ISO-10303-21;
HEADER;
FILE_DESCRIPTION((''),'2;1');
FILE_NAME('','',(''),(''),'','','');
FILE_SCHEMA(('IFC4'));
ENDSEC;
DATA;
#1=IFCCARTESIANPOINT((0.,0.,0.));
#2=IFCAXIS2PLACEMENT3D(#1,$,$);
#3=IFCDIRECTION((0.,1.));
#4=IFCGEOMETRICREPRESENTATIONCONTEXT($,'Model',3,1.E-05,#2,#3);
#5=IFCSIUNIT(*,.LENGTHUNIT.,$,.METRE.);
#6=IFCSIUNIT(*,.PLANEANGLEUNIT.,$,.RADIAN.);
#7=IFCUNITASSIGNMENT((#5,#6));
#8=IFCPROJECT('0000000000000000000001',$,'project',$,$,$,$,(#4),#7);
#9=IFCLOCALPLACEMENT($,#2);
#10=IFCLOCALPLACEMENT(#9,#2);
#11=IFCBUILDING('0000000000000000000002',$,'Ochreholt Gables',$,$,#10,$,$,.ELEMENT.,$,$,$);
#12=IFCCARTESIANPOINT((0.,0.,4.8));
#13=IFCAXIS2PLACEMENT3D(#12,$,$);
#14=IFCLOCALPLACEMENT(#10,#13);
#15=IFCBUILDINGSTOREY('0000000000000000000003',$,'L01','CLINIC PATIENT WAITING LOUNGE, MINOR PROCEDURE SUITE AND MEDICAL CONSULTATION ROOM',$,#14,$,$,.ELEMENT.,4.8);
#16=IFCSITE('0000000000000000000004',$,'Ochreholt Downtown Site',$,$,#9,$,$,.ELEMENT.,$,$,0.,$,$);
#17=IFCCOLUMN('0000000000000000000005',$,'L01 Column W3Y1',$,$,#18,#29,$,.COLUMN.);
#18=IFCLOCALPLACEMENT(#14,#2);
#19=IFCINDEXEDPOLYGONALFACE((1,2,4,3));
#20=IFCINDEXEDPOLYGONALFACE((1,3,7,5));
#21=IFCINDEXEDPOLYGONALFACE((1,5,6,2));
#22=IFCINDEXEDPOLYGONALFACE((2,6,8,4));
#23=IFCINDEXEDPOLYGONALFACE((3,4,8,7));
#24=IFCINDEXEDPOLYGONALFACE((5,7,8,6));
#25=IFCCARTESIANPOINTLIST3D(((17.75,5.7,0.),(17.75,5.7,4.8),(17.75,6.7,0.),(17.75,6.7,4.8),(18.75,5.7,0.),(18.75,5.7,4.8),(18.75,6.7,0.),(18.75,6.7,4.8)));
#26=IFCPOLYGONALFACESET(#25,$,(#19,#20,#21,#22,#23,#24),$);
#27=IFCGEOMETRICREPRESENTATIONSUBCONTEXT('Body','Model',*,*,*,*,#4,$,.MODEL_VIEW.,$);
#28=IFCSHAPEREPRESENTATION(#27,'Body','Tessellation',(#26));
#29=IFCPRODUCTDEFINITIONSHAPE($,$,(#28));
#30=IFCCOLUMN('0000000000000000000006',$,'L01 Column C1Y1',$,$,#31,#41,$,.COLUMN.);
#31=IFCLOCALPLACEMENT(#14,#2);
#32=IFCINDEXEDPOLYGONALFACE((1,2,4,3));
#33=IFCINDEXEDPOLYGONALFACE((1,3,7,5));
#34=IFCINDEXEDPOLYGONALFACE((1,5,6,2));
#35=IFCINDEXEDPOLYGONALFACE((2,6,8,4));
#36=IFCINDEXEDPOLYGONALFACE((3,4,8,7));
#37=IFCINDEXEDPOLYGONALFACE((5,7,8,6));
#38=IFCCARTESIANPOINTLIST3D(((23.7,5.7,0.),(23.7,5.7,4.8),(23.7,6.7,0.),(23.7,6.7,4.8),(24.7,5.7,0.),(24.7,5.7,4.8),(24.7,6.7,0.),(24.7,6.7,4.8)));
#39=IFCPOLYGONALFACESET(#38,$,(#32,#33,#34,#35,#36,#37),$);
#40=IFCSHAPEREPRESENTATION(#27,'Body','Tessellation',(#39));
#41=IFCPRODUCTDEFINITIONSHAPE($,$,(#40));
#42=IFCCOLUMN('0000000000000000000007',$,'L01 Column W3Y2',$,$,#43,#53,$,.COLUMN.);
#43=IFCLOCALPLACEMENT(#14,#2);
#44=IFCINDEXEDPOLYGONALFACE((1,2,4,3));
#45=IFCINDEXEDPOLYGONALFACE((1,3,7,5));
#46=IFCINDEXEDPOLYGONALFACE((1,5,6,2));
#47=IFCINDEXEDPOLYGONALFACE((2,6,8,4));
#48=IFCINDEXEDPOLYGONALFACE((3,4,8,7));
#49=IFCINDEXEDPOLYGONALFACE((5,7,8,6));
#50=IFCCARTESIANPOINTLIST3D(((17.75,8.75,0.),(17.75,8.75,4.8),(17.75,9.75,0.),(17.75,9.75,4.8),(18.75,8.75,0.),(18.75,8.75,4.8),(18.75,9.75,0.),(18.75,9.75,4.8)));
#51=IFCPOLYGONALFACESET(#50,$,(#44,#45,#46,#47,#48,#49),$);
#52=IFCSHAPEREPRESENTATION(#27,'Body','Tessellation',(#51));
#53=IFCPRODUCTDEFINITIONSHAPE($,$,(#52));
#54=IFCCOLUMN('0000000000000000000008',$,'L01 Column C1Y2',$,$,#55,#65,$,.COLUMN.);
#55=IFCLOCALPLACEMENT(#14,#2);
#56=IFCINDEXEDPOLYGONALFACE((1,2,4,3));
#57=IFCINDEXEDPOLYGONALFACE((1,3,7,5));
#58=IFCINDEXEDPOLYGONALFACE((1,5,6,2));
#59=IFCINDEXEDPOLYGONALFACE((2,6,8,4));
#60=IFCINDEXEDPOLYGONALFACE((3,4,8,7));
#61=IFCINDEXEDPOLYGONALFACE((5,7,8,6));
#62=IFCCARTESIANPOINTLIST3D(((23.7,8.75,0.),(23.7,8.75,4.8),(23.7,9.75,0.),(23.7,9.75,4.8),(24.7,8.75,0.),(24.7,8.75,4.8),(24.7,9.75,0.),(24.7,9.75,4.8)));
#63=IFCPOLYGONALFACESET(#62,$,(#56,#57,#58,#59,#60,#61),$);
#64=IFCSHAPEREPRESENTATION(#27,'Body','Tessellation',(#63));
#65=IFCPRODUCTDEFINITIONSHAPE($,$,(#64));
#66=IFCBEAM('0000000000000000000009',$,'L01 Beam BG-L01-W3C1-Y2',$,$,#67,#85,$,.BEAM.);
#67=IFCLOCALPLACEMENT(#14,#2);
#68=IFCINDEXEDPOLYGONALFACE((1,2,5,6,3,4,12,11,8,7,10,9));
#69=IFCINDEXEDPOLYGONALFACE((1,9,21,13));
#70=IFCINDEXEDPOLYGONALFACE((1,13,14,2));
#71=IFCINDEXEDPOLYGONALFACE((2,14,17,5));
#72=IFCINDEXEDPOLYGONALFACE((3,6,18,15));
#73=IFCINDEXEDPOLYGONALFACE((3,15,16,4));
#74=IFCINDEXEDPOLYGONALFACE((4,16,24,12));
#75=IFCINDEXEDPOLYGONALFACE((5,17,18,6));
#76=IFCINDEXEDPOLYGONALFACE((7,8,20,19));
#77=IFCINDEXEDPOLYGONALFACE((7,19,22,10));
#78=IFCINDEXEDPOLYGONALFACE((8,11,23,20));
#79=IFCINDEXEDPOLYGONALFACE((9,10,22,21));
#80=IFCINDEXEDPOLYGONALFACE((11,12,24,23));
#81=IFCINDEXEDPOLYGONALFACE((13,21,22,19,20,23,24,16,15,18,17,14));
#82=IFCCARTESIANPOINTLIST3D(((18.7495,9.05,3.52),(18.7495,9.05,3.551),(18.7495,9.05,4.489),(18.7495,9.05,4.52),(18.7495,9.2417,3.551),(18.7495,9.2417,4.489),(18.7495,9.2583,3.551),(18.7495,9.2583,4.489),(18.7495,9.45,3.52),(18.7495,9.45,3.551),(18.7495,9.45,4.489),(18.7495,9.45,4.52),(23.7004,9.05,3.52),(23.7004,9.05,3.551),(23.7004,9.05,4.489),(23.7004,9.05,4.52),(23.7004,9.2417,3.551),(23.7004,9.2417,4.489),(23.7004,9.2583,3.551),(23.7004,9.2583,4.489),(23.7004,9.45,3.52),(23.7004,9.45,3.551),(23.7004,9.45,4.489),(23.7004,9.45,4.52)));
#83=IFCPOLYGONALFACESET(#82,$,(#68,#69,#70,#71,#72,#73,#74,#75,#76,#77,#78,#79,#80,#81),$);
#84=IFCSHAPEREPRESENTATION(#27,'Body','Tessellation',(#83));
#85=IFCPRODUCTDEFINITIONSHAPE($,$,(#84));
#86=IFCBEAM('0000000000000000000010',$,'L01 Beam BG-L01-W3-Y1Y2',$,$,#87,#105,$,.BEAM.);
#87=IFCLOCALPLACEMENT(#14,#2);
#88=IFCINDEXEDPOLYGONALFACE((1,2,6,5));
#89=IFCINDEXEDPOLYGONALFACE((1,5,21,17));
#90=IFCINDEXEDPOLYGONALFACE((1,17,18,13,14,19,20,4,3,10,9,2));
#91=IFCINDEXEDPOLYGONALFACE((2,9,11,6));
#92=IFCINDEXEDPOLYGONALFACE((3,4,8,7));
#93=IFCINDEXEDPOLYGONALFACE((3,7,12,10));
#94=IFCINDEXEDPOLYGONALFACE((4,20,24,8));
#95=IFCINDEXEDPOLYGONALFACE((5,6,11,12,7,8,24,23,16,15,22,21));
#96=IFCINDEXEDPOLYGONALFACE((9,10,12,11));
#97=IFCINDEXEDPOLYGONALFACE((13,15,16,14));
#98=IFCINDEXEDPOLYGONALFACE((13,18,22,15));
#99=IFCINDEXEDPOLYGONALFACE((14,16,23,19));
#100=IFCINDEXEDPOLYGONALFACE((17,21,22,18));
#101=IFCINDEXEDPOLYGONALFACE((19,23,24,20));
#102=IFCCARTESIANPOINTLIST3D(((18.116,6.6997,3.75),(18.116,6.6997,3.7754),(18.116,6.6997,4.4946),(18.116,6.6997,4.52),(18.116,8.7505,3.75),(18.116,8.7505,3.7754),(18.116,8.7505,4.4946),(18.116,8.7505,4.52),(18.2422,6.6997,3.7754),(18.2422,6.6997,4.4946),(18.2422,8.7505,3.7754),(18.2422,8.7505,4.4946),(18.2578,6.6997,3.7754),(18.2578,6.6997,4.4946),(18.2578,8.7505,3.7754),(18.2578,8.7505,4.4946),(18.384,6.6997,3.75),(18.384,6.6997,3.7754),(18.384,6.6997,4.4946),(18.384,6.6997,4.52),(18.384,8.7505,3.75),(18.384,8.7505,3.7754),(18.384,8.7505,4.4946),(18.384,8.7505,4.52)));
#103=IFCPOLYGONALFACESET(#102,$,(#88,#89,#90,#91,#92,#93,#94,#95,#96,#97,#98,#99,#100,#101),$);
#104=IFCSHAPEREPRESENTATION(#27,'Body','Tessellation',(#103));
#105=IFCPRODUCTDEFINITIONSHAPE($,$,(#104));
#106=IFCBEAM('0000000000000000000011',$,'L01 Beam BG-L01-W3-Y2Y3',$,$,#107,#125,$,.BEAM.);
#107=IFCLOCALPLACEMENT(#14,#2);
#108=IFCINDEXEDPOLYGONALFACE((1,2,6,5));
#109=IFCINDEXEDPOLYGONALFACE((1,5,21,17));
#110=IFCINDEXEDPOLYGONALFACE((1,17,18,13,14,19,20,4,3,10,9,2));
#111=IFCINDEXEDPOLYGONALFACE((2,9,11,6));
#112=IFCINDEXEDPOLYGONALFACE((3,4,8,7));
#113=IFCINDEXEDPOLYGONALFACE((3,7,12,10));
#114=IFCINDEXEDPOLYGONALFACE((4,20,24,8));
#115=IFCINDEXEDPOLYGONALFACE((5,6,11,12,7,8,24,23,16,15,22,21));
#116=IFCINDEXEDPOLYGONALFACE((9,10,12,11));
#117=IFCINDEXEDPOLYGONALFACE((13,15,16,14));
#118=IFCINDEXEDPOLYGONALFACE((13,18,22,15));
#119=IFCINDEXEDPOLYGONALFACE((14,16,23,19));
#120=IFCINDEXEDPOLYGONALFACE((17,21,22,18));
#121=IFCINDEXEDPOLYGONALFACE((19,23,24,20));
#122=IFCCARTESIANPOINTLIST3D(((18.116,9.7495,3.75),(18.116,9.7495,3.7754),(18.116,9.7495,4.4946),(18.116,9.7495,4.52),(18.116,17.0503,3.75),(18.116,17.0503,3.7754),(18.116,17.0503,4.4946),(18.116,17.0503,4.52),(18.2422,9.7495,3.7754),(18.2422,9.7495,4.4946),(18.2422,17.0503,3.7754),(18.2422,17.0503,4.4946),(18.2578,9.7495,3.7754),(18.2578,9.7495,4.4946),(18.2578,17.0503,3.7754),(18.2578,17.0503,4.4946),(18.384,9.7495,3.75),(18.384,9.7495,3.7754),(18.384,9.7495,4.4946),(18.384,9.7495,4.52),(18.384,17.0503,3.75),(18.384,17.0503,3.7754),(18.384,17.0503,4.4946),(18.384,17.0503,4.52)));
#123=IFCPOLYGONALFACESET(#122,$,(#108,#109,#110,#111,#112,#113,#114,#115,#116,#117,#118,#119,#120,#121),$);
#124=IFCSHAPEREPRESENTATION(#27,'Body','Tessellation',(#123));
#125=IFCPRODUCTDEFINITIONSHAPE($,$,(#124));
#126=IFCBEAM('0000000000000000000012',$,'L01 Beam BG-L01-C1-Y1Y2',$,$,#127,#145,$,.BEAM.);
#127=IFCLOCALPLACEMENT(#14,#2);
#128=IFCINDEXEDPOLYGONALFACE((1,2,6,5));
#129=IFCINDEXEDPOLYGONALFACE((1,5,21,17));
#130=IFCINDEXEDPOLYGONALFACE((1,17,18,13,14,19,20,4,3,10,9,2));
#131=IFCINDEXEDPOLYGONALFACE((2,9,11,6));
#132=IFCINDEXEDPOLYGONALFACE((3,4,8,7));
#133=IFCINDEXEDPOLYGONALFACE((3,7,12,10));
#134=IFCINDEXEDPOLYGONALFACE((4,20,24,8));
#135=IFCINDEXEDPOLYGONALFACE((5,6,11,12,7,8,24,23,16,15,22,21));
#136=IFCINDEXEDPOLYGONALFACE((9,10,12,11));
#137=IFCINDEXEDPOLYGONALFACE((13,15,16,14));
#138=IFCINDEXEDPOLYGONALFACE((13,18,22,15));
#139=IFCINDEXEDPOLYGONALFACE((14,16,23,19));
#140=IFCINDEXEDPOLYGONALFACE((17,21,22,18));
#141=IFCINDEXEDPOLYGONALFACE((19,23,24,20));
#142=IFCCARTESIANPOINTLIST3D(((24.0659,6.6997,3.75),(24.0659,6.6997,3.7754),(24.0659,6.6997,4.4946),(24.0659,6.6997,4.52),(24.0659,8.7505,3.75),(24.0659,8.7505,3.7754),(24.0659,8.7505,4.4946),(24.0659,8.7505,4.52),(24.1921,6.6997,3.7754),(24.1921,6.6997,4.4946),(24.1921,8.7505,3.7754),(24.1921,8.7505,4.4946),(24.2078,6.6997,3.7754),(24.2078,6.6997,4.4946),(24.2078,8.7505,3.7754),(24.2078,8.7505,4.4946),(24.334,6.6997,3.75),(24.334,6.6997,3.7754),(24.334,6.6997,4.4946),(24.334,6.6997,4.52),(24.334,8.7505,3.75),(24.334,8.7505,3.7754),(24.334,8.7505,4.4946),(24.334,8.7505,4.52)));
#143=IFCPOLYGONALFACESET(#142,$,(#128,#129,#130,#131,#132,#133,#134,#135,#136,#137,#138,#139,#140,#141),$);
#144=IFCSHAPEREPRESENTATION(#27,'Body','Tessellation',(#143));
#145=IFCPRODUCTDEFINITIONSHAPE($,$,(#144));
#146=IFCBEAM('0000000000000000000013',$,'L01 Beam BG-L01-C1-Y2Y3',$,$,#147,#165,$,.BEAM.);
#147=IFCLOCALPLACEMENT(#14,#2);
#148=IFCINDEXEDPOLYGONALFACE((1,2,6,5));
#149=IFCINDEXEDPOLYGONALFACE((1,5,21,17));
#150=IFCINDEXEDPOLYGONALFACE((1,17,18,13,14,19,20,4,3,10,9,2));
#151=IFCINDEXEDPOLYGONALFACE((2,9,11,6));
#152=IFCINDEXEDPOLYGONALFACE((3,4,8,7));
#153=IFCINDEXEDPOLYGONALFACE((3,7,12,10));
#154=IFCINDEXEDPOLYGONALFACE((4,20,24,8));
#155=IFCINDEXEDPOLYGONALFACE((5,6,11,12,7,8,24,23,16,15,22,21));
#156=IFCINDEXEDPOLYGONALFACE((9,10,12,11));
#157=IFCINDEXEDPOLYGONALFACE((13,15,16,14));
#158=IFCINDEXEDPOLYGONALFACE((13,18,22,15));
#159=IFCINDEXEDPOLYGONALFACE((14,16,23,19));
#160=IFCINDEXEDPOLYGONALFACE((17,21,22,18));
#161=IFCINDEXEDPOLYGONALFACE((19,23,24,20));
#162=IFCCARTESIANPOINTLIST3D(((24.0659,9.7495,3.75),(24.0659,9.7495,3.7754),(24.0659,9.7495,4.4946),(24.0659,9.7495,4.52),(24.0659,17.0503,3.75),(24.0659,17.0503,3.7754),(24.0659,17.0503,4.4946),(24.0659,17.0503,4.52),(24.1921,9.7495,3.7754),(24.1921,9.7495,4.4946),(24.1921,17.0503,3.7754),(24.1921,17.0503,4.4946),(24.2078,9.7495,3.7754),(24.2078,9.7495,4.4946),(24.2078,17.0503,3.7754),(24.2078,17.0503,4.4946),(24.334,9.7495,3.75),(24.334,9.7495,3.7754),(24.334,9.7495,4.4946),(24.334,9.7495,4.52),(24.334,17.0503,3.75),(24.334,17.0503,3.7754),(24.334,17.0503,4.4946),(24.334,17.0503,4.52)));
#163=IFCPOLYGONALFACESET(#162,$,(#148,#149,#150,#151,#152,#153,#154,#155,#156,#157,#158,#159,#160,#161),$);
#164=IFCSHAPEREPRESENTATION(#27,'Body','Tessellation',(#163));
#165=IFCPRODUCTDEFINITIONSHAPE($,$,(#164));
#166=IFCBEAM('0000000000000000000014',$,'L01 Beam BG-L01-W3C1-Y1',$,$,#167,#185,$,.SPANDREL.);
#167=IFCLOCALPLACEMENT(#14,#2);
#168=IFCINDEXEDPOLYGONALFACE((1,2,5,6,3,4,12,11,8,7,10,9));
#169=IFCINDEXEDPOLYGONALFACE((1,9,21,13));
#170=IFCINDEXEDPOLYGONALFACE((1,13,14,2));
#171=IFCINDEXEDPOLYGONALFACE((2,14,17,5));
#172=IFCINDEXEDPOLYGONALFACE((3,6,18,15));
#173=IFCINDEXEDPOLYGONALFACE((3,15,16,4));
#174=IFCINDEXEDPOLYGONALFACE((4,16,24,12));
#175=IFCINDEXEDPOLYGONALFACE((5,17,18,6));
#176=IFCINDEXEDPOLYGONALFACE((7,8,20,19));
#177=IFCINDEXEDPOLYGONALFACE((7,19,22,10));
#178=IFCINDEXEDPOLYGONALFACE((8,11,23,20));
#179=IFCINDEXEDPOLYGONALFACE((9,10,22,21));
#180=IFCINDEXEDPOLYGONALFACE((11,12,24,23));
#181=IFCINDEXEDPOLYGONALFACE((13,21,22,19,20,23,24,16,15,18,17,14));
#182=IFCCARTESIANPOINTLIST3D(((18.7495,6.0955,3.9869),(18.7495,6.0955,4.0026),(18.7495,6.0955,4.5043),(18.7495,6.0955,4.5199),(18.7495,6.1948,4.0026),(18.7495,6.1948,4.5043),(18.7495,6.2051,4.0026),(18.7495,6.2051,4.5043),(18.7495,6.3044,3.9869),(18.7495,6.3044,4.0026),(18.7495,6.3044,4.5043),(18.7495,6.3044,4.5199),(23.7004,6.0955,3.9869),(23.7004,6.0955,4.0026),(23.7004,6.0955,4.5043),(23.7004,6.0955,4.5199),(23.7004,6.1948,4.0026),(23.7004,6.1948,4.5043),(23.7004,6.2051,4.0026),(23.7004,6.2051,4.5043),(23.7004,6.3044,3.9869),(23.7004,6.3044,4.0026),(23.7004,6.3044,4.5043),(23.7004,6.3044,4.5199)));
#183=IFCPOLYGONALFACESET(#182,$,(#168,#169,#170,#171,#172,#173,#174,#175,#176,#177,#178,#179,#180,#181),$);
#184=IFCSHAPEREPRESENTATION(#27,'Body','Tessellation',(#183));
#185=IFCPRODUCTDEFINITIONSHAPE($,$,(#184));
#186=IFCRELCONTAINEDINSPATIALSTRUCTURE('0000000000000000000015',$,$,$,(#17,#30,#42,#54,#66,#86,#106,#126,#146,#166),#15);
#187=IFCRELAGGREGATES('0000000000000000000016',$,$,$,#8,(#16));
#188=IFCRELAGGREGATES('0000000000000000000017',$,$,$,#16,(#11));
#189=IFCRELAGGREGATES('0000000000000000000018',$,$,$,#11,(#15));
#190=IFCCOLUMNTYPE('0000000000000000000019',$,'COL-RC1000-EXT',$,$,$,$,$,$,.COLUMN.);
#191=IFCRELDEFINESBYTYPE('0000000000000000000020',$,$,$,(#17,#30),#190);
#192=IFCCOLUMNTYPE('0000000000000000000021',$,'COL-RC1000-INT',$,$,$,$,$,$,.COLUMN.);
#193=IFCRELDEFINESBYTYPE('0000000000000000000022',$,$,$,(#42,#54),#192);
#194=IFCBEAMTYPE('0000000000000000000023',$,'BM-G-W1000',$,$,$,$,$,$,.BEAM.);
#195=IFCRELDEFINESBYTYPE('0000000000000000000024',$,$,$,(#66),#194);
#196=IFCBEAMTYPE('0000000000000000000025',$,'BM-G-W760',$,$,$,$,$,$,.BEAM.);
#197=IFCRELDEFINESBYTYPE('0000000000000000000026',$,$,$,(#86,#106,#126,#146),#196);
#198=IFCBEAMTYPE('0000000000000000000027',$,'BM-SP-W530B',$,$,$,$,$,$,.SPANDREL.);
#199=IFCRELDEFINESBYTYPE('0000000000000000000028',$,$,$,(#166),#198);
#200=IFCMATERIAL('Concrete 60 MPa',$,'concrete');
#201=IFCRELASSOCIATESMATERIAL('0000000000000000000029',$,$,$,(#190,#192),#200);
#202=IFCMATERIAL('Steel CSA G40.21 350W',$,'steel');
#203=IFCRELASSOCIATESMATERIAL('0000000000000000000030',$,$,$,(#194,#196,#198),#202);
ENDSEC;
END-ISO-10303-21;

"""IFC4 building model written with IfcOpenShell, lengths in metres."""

from ifc_helpers import new_model, si_unit, direction, frame, origin, origin_2d, place, context, subcontext, project, spatial, rectangle, i_section, extrude, material, material_profile, profile_set, type_object, element, save


model = new_model("IFC4")

# Units and contexts
model_context = context("Model", 3, precision=1e-05, world=origin(), true_north=direction((0.0, 1.0)))
body_context = subcontext(model_context, "Body", "Model", "MODEL_VIEW")
ifc_project = project(units=[si_unit("LENGTHUNIT", "METRE"), si_unit("PLANEANGLEUNIT", "RADIAN")], contexts=[model_context])

# Site, building, storey
site_placement = place(None, origin())
site = spatial("IfcSite", under=ifc_project, at=site_placement, Name="Ochreholt Downtown Site", CompositionType="ELEMENT", RefElevation=0.0)
building_placement = place(site_placement, origin())
building = spatial("IfcBuilding", under=site, at=building_placement, Name="Ochreholt Gables", CompositionType="ELEMENT")
storey_placement = place(building_placement, frame((0.0, 0.0, 4.8)))
storey = spatial("IfcBuildingStorey", under=building, at=storey_placement, Name="L01", Description="CLINIC PATIENT WAITING LOUNGE, MINOR PROCEDURE SUITE AND MEDICAL CONSULTATION ROOM", CompositionType="ELEMENT", Elevation=4.8)

# Columns
ifc_material_1 = material(Name="Concrete 60 MPa", Category="concrete")
ifc_material_profile_1 = material_profile(ifc_material_1, rectangle(XDim=1.0, YDim=1.0, at=origin_2d()), Name="RC1000X1000")
ifc_profile_set_1 = profile_set([ifc_material_profile_1], Name="Concrete 60 MPa")
column_type_1 = type_object("IfcColumnType", Name="COL-RC1000-EXT", PredefinedType="COLUMN", material=ifc_profile_set_1)
for number, where, z_axis, x_axis, name in (
    (1, (18.25, 6.2, 0.0), (0.0, 0.0, 1.0), (1.0, 0.0, 0.0), "L01 Column W3Y1"),
    (2, (24.2, 6.2, 0.0), (0.0, 0.0, 1.0), (1.0, 0.0, 0.0), "L01 Column C1Y1"),
):
    element("IfcColumn", number, at=place(storey_placement, frame(where, z_axis=z_axis, x_axis=x_axis)), inside=storey, type_object=column_type_1, Name=name, PredefinedType="COLUMN", context=body_context, shape_type="SweptSolid", body=[
        extrude(rectangle(XDim=1.0, YDim=1.0, at=origin_2d()), origin(), (0.0, 0.0, 1.0), 4.8),
    ])
ifc_material_profile_2 = material_profile(ifc_material_1, rectangle(XDim=1.0, YDim=1.0, at=origin_2d()), Name="RC1000X1000")
ifc_profile_set_2 = profile_set([ifc_material_profile_2], Name="Concrete 60 MPa")
column_type_2 = type_object("IfcColumnType", Name="COL-RC1000-INT", PredefinedType="COLUMN", material=ifc_profile_set_2)
for number, where, z_axis, x_axis, name in (
    (3, (18.25, 9.25, 0.0), (0.0, 0.0, 1.0), (1.0, 0.0, 0.0), "L01 Column W3Y2"),
    (4, (24.2, 9.25, 0.0), (0.0, 0.0, 1.0), (1.0, 0.0, 0.0), "L01 Column C1Y2"),
):
    element("IfcColumn", number, at=place(storey_placement, frame(where, z_axis=z_axis, x_axis=x_axis)), inside=storey, type_object=column_type_2, Name=name, PredefinedType="COLUMN", context=body_context, shape_type="SweptSolid", body=[
        extrude(rectangle(XDim=1.0, YDim=1.0, at=origin_2d()), origin(), (0.0, 0.0, 1.0), 4.8),
    ])

# Beams
ifc_material_2 = material(Name="Steel CSA G40.21 350W", Category="steel")
ifc_material_profile_3 = material_profile(ifc_material_2, i_section(OverallWidth=0.3999, OverallDepth=1.0, WebThickness=0.0166, FlangeThickness=0.031, at=origin_2d()), Name="W1000X321")
ifc_profile_set_3 = profile_set([ifc_material_profile_3], Name="Steel CSA G40.21 350W")
beam_type_1 = type_object("IfcBeamType", Name="BM-G-W1000", PredefinedType="BEAM", material=ifc_profile_set_3)
beam_1_placement = place(storey_placement, frame((18.7495, 9.25, 4.02), z_axis=(1.0, 0.0, 0.0), x_axis=(0.0, 1.0, 0.0)))
element("IfcBeam", 5, at=beam_1_placement, inside=storey, type_object=beam_type_1, Name="L01 Beam BG-L01-W3C1-Y2", PredefinedType="BEAM", context=body_context, shape_type="SweptSolid", body=[
    extrude(i_section(OverallWidth=0.3999, OverallDepth=1.0, WebThickness=0.0166, FlangeThickness=0.031, at=origin_2d()), origin(), (0.0, 0.0, 1.0), 4.9509),
])
ifc_material_profile_4 = material_profile(ifc_material_2, i_section(OverallWidth=0.2681, OverallDepth=0.77, WebThickness=0.0156, FlangeThickness=0.0254, at=origin_2d()), Name="W760X196")
ifc_profile_set_4 = profile_set([ifc_material_profile_4], Name="Steel CSA G40.21 350W")
beam_type_2 = type_object("IfcBeamType", Name="BM-G-W760", PredefinedType="BEAM", material=ifc_profile_set_4)
beam_2_placement = place(storey_placement, frame((18.25, 6.6997, 4.135), z_axis=(0.0, 1.0, 0.0), x_axis=(-1.0, 0.0, 0.0)))
element("IfcBeam", 6, at=beam_2_placement, inside=storey, type_object=beam_type_2, Name="L01 Beam BG-L01-W3-Y1Y2", PredefinedType="BEAM", context=body_context, shape_type="SweptSolid", body=[
    extrude(i_section(OverallWidth=0.2681, OverallDepth=0.77, WebThickness=0.0156, FlangeThickness=0.0254, at=origin_2d()), origin(), (0.0, 0.0, 1.0), 2.0508),
])
beam_3_placement = place(storey_placement, frame((18.25, 9.7495, 4.135), z_axis=(0.0, 1.0, 0.0), x_axis=(-1.0, 0.0, 0.0)))
element("IfcBeam", 7, at=beam_3_placement, inside=storey, type_object=beam_type_2, Name="L01 Beam BG-L01-W3-Y2Y3", PredefinedType="BEAM", context=body_context, shape_type="SweptSolid", body=[
    extrude(i_section(OverallWidth=0.2681, OverallDepth=0.77, WebThickness=0.0156, FlangeThickness=0.0254, at=origin_2d()), origin(), (0.0, 0.0, 1.0), 7.3008),
])
beam_4_placement = place(storey_placement, frame((24.2, 6.6997, 4.135), z_axis=(0.0, 1.0, 0.0), x_axis=(-1.0, 0.0, 0.0)))
element("IfcBeam", 8, at=beam_4_placement, inside=storey, type_object=beam_type_2, Name="L01 Beam BG-L01-C1-Y1Y2", PredefinedType="BEAM", context=body_context, shape_type="SweptSolid", body=[
    extrude(i_section(OverallWidth=0.2681, OverallDepth=0.77, WebThickness=0.0156, FlangeThickness=0.0254, at=origin_2d()), origin(), (0.0, 0.0, 1.0), 2.0508),
])
beam_5_placement = place(storey_placement, frame((24.2, 9.7495, 4.135), z_axis=(0.0, 1.0, 0.0), x_axis=(-1.0, 0.0, 0.0)))
element("IfcBeam", 9, at=beam_5_placement, inside=storey, type_object=beam_type_2, Name="L01 Beam BG-L01-C1-Y2Y3", PredefinedType="BEAM", context=body_context, shape_type="SweptSolid", body=[
    extrude(i_section(OverallWidth=0.2681, OverallDepth=0.77, WebThickness=0.0156, FlangeThickness=0.0254, at=origin_2d()), origin(), (0.0, 0.0, 1.0), 7.3008),
])
ifc_material_profile_5 = material_profile(ifc_material_2, i_section(OverallWidth=0.209, OverallDepth=0.533, WebThickness=0.0103, FlangeThickness=0.0156, at=origin_2d()), Name="W530X92")
ifc_profile_set_5 = profile_set([ifc_material_profile_5], Name="Steel CSA G40.21 350W")
beam_type_3 = type_object("IfcBeamType", Name="BM-SP-W530B", PredefinedType="SPANDREL", material=ifc_profile_set_5)
beam_6_placement = place(storey_placement, frame((18.7495, 6.2, 4.2534), z_axis=(1.0, 0.0, 0.0), x_axis=(0.0, 1.0, 0.0)))
element("IfcBeam", 10, at=beam_6_placement, inside=storey, type_object=beam_type_3, Name="L01 Beam BG-L01-W3C1-Y1", PredefinedType="SPANDREL", context=body_context, shape_type="SweptSolid", body=[
    extrude(i_section(OverallWidth=0.209, OverallDepth=0.533, WebThickness=0.0103, FlangeThickness=0.0156, at=origin_2d()), origin(), (0.0, 0.0, 1.0), 4.9509),
])

save(model, "model.ifc")
